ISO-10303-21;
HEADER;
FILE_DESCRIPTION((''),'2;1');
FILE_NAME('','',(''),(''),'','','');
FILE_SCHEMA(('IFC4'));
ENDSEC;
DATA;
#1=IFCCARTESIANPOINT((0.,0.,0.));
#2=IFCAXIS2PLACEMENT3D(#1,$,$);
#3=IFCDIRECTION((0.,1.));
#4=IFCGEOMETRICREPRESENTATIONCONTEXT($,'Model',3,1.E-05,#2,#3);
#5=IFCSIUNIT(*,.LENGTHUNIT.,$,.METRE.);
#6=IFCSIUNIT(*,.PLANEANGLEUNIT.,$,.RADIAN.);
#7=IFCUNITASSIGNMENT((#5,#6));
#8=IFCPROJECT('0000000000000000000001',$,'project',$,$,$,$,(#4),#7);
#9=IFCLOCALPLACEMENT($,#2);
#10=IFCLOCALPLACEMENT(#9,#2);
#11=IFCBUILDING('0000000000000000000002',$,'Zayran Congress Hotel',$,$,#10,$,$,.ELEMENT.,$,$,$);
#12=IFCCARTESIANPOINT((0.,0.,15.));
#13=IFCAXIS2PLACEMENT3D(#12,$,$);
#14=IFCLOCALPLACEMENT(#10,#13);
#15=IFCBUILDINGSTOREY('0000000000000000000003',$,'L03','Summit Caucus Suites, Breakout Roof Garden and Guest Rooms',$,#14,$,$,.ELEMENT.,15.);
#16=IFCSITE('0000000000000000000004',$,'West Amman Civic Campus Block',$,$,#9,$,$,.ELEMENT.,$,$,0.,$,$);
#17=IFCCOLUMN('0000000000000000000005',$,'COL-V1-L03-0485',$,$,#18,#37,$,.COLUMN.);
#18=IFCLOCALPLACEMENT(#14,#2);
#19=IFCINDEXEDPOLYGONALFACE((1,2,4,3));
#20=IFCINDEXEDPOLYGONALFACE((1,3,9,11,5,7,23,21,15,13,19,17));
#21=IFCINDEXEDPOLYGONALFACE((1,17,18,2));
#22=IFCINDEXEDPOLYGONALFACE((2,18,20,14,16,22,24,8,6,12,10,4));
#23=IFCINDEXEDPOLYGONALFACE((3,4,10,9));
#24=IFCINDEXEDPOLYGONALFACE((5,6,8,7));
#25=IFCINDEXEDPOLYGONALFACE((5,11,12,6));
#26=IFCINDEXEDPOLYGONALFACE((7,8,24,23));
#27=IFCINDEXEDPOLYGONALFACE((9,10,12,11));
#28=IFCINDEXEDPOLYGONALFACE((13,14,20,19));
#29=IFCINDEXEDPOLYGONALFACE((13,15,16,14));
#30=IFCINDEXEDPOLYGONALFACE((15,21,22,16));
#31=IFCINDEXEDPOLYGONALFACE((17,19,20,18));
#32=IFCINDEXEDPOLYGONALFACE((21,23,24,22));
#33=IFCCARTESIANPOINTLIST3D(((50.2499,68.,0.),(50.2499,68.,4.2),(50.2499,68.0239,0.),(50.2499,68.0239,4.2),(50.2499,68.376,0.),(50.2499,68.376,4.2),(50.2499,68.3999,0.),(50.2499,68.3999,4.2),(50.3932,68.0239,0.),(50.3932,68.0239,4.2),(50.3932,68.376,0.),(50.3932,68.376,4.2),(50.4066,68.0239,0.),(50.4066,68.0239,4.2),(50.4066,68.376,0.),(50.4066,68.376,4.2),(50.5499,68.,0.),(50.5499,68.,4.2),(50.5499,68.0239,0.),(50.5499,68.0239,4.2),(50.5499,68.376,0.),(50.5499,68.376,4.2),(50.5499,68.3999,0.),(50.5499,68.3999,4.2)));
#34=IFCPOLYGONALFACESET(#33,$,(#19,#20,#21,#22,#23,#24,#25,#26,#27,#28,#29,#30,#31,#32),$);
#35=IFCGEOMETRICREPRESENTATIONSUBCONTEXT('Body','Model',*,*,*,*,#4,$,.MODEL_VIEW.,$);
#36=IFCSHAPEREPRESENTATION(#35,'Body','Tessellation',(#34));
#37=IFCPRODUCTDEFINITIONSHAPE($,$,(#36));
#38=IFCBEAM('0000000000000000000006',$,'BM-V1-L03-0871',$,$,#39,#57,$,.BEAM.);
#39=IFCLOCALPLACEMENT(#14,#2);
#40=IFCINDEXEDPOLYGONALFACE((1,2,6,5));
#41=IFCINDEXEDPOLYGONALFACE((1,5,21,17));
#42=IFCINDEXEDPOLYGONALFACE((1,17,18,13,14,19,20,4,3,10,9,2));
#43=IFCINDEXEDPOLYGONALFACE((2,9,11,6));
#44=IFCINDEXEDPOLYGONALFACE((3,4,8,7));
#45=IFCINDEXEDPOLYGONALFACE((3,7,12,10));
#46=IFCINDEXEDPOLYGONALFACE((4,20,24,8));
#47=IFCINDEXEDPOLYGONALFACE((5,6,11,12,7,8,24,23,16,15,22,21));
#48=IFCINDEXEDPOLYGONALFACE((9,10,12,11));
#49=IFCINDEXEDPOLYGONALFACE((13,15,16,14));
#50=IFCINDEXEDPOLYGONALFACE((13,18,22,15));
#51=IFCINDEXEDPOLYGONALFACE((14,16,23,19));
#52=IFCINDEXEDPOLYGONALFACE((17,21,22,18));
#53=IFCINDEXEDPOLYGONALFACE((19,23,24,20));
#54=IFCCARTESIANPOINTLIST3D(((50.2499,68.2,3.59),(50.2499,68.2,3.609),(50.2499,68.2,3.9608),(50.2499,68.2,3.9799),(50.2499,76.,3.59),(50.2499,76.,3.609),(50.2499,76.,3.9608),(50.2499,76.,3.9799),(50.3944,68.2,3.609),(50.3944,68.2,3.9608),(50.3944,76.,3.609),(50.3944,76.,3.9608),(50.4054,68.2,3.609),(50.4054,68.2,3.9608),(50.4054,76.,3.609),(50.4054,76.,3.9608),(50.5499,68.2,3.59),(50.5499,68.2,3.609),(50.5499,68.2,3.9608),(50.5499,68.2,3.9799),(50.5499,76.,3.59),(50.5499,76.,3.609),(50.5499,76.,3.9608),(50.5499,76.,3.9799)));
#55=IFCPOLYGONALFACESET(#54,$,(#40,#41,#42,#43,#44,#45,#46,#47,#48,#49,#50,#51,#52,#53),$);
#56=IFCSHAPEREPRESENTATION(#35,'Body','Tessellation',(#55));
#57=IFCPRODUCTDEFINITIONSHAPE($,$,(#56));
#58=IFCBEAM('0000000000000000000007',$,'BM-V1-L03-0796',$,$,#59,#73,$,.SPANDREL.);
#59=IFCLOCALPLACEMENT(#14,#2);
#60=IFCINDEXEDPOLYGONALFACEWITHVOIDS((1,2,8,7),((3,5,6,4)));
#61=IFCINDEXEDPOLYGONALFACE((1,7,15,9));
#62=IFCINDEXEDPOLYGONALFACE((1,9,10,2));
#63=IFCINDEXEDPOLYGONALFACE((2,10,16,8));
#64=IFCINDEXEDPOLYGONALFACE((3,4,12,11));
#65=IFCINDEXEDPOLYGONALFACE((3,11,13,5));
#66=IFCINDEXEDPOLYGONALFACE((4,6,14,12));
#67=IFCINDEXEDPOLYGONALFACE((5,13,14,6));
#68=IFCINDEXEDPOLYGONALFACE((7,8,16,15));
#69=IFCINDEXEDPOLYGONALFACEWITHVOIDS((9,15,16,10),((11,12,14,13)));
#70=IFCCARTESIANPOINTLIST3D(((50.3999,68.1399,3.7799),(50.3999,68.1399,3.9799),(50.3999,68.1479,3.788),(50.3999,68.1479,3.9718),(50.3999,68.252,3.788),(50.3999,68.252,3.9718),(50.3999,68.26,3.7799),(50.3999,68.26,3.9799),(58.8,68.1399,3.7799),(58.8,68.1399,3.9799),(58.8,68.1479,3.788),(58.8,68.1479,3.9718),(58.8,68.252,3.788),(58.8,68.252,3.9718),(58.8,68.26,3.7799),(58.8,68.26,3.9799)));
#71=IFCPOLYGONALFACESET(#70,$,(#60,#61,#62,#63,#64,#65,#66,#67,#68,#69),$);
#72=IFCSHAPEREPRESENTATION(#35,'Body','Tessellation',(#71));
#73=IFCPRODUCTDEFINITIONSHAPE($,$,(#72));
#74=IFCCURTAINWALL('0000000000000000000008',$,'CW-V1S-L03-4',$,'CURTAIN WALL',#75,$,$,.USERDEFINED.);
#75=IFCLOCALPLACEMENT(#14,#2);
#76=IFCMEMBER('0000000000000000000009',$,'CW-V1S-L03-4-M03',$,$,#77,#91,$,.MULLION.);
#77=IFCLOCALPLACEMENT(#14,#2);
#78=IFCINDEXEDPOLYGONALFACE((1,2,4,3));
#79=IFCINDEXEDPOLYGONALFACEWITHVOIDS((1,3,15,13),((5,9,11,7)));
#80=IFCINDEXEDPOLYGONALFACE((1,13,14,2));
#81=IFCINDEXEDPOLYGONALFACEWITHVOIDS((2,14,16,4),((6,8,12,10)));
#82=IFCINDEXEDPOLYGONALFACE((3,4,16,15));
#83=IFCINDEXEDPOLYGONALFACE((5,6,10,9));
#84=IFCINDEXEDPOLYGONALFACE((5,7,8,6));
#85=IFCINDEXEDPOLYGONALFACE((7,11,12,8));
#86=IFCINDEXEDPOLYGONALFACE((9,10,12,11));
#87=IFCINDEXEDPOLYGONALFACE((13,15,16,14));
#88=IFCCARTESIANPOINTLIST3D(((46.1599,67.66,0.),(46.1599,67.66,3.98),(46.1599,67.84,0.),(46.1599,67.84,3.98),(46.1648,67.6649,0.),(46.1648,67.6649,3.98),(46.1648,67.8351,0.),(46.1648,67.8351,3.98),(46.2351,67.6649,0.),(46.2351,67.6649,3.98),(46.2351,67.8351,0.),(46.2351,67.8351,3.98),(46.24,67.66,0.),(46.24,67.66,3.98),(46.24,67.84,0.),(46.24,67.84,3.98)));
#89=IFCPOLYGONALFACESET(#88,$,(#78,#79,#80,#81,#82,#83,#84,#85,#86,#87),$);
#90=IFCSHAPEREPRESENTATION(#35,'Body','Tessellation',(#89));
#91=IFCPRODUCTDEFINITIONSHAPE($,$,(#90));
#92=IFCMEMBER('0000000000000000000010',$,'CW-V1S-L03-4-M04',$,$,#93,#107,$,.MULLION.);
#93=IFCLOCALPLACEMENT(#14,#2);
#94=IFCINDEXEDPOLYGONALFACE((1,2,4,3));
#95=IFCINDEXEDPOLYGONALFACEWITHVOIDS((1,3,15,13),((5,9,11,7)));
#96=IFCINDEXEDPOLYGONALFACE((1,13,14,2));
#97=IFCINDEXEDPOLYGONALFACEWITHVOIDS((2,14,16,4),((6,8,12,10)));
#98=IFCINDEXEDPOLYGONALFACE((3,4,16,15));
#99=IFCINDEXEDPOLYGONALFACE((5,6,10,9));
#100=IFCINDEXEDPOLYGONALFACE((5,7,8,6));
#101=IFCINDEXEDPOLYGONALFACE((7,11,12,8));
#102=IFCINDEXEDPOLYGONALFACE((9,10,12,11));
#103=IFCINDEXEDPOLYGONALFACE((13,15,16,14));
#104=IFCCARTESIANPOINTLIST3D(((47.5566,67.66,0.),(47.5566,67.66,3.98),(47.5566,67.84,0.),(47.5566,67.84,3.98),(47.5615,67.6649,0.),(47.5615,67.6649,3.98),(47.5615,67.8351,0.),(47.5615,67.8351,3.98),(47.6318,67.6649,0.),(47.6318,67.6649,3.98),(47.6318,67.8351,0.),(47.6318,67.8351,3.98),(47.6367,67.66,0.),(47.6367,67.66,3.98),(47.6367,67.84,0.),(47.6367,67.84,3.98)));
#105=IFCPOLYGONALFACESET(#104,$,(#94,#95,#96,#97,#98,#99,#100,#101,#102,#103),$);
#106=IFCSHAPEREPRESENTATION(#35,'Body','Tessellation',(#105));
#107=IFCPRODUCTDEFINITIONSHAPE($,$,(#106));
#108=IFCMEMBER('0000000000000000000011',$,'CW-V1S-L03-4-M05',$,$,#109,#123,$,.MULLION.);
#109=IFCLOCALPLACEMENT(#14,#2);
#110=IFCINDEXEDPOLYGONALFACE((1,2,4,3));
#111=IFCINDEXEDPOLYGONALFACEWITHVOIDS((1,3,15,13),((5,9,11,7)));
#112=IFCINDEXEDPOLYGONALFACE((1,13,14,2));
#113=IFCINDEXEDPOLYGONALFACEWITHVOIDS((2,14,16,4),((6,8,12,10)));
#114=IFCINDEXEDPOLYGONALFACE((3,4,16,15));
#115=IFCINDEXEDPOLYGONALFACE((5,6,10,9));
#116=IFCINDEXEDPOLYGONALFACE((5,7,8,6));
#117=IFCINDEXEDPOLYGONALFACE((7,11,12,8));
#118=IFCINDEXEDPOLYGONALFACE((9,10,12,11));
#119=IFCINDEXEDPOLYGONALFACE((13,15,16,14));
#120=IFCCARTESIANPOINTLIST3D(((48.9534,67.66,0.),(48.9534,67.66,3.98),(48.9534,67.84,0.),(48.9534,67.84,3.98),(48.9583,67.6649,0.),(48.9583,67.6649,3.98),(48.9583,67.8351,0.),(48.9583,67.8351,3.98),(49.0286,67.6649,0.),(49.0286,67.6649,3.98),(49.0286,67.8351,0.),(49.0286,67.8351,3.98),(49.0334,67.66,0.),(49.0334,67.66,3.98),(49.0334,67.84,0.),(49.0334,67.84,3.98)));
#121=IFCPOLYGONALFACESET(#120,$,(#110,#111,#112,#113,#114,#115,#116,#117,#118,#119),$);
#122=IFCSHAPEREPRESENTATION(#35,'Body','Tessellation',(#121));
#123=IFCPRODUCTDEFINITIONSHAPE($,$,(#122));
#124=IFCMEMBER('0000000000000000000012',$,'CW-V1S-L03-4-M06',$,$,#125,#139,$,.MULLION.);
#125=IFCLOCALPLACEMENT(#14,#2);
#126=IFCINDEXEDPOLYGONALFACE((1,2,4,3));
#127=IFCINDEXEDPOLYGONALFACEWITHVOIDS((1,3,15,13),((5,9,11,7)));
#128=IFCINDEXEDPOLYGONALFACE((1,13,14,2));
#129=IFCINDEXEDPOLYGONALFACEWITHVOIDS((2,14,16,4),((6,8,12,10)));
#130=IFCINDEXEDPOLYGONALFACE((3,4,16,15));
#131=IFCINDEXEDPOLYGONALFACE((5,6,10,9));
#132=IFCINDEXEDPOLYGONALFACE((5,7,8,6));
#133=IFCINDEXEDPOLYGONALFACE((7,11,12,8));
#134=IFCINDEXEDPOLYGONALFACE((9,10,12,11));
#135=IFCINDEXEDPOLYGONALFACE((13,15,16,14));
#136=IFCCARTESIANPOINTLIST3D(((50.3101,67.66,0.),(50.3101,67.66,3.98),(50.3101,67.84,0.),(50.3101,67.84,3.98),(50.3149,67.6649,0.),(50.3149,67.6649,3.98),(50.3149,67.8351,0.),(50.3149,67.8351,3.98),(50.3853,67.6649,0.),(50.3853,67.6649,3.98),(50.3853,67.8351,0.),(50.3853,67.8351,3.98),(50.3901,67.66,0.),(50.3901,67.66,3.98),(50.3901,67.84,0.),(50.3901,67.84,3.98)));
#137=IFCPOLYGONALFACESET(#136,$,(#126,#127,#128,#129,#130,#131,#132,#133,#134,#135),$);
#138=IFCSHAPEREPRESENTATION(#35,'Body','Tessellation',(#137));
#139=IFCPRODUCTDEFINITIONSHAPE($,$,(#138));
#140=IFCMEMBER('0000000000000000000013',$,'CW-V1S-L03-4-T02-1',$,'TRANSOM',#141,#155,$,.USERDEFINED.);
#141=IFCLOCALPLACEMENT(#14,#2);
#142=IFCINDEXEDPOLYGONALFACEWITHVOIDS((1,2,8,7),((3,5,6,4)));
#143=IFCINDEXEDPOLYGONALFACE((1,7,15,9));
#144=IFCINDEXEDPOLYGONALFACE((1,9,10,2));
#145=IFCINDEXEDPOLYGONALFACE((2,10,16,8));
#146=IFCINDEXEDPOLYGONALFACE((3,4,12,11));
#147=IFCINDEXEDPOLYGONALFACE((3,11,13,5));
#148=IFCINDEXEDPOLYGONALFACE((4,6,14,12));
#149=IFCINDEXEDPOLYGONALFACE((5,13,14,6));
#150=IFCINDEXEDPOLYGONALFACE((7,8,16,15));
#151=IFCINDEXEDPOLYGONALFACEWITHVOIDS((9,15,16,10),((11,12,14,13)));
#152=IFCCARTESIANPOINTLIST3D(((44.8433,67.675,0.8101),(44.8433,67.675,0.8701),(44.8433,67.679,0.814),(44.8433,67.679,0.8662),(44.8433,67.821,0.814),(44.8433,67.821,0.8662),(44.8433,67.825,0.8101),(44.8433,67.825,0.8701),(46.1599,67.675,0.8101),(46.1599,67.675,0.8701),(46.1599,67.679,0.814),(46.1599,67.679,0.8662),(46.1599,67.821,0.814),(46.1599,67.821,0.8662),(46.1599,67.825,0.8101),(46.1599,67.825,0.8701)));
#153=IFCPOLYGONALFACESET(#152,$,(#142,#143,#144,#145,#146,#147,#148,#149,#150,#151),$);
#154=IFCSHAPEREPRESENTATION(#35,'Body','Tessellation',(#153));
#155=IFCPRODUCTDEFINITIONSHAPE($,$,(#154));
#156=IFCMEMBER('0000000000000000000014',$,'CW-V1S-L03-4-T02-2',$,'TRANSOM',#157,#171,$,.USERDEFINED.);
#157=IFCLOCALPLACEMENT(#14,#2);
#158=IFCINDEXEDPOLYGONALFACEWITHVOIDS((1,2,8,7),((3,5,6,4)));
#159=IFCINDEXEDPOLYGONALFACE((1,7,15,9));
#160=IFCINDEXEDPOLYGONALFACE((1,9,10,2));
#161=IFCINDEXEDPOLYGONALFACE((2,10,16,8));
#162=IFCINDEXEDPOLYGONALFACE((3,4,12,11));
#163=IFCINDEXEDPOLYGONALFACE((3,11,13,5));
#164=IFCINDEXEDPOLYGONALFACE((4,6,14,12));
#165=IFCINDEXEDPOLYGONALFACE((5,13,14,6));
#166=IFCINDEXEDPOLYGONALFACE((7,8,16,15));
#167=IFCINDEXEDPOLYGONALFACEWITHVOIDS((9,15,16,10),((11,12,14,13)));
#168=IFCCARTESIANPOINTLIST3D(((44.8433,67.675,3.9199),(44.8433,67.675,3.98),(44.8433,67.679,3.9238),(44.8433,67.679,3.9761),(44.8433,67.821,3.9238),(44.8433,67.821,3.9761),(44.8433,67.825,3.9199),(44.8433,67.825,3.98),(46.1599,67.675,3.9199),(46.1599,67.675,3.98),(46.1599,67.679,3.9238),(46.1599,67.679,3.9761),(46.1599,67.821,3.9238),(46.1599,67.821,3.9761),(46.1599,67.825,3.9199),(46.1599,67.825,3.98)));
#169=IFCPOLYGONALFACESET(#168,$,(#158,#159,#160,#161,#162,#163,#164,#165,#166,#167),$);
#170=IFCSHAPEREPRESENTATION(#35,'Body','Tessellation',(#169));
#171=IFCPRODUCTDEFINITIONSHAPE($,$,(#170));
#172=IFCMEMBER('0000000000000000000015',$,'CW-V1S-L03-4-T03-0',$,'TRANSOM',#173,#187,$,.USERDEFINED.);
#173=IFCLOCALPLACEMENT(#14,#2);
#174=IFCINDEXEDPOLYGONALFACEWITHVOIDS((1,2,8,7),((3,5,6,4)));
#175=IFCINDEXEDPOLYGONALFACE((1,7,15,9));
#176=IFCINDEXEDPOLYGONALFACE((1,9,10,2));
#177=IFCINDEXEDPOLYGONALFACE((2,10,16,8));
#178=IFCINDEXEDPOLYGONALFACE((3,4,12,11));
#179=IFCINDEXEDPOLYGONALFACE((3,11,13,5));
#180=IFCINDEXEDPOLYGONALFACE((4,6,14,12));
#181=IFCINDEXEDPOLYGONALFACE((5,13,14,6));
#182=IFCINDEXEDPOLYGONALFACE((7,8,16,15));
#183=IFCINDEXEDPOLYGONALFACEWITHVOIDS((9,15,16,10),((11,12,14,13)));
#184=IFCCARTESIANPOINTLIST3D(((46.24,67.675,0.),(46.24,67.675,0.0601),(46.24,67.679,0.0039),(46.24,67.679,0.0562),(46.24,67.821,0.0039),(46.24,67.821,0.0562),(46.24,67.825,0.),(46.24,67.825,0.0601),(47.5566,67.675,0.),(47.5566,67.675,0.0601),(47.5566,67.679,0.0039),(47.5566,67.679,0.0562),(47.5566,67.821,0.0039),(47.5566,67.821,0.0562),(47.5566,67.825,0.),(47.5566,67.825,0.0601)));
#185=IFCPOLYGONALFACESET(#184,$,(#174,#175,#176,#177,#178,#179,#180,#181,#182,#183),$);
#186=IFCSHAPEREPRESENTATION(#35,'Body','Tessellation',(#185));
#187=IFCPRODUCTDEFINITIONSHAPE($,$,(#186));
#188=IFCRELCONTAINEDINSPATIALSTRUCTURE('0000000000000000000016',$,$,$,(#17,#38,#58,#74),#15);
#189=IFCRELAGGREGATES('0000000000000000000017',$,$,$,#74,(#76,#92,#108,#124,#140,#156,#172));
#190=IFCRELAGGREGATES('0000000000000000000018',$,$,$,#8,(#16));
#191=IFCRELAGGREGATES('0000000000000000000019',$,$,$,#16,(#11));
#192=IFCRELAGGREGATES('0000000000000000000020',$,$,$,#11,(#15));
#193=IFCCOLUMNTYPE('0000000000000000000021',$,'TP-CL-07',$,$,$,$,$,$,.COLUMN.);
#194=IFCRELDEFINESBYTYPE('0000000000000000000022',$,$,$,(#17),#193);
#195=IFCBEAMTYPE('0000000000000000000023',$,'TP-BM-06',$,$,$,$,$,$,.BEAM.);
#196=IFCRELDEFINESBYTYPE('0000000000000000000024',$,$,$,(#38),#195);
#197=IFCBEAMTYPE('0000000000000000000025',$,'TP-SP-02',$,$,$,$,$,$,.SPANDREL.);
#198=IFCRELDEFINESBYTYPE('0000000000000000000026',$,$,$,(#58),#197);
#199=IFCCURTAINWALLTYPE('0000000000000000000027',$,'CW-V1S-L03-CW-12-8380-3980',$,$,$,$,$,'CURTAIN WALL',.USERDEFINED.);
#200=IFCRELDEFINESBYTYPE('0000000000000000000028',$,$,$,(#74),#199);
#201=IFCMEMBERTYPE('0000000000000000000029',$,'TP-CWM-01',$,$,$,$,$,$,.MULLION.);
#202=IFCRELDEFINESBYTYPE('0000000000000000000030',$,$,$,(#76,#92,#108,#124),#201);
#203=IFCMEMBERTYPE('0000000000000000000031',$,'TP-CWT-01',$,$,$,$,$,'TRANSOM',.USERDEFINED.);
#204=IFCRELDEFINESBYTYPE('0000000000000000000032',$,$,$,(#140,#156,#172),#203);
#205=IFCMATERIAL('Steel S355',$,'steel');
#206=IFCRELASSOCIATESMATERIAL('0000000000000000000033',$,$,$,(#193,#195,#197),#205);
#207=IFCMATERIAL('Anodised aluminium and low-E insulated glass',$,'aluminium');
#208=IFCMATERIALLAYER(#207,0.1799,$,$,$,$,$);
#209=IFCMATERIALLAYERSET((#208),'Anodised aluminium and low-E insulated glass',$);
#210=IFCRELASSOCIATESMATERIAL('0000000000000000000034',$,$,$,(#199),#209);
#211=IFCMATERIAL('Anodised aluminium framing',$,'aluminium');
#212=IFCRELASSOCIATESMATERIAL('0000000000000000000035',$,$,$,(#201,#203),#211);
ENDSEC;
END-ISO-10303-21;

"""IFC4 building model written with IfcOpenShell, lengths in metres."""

from ifc_helpers import new_model, si_unit, direction, frame, origin, origin_2d, place, context, subcontext, project, spatial, hollow_rectangle, i_section, extrude, material, layer, layer_set, material_profile, profile_set, type_object, element, aggregate, save


model = new_model("IFC4")

# Units and contexts
model_context = context("Model", 3, precision=1e-05, world=origin(), true_north=direction((0.0, 1.0)))
body_context = subcontext(model_context, "Body", "Model", "MODEL_VIEW")
ifc_project = project(units=[si_unit("LENGTHUNIT", "METRE"), si_unit("PLANEANGLEUNIT", "RADIAN")], contexts=[model_context])

# Site, building, storey
site_placement = place(None, origin())
site = spatial("IfcSite", under=ifc_project, at=site_placement, Name="West Amman Civic Campus Block", CompositionType="ELEMENT", RefElevation=0.0)
building_placement = place(site_placement, origin())
building = spatial("IfcBuilding", under=site, at=building_placement, Name="Zayran Congress Hotel", CompositionType="ELEMENT")
storey_placement = place(building_placement, frame((0.0, 0.0, 15.0)))
storey = spatial("IfcBuildingStorey", under=building, at=storey_placement, Name="L03", Description="Summit Caucus Suites, Breakout Roof Garden and Guest Rooms", CompositionType="ELEMENT", Elevation=15.0)

# Column
ifc_material_1 = material(Name="Steel S355", Category="steel")
ifc_material_profile_1 = material_profile(ifc_material_1, i_section(OverallWidth=0.3, OverallDepth=0.3999, WebThickness=0.0134, FlangeThickness=0.0239, at=origin_2d()), Name="HEB 400")
ifc_profile_set_1 = profile_set([ifc_material_profile_1], Name="Steel S355")
column_type = type_object("IfcColumnType", Name="TP-CL-07", PredefinedType="COLUMN", material=ifc_profile_set_1)
column_placement = place(storey_placement, frame((50.3999, 68.2, 0.0), z_axis=(0.0, 0.0, 1.0), x_axis=(1.0, 0.0, 0.0)))
element("IfcColumn", 1, at=column_placement, inside=storey, type_object=column_type, Name="COL-V1-L03-0485", PredefinedType="COLUMN", context=body_context, shape_type="SweptSolid", body=[
    extrude(i_section(OverallWidth=0.3, OverallDepth=0.3999, WebThickness=0.0134, FlangeThickness=0.0239, at=origin_2d()), origin(), (0.0, 0.0, 1.0), 4.2),
])

# Beams
ifc_material_profile_2 = material_profile(ifc_material_1, i_section(OverallWidth=0.3, OverallDepth=0.3899, WebThickness=0.011, FlangeThickness=0.019, at=origin_2d()), Name="HEA 400")
ifc_profile_set_2 = profile_set([ifc_material_profile_2], Name="Steel S355")
beam_type_1 = type_object("IfcBeamType", Name="TP-BM-06", PredefinedType="BEAM", material=ifc_profile_set_2)
beam_1_placement = place(storey_placement, frame((50.3999, 68.2, 3.7849), z_axis=(0.0, 1.0, 0.0), x_axis=(-1.0, 0.0, 0.0)))
element("IfcBeam", 2, at=beam_1_placement, inside=storey, type_object=beam_type_1, Name="BM-V1-L03-0871", PredefinedType="BEAM", context=body_context, shape_type="SweptSolid", body=[
    extrude(i_section(OverallWidth=0.3, OverallDepth=0.3899, WebThickness=0.011, FlangeThickness=0.019, at=origin_2d()), origin(), (0.0, 0.0, 1.0), 7.8),
])
ifc_material_profile_3 = material_profile(ifc_material_1, hollow_rectangle(XDim=0.1201, YDim=0.2, WallThickness=0.0081, at=origin_2d()), Name="RHS 200x120x8")
ifc_profile_set_3 = profile_set([ifc_material_profile_3], Name="Steel S355")
beam_type_2 = type_object("IfcBeamType", Name="TP-SP-02", PredefinedType="SPANDREL", material=ifc_profile_set_3)
beam_2_placement = place(storey_placement, frame((50.3999, 68.2, 3.8799), z_axis=(1.0, 0.0, 0.0), x_axis=(0.0, 1.0, 0.0)))
element("IfcBeam", 3, at=beam_2_placement, inside=storey, type_object=beam_type_2, Name="BM-V1-L03-0796", PredefinedType="SPANDREL", context=body_context, shape_type="SweptSolid", body=[
    extrude(hollow_rectangle(XDim=0.1201, YDim=0.2, WallThickness=0.0081, at=origin_2d()), origin(), (0.0, 0.0, 1.0), 8.4001),
])

# Curtain wall, members
ifc_material_2 = material(Name="Anodised aluminium and low-E insulated glass", Category="aluminium")
ifc_layer_1 = layer(ifc_material_2, 0.1799)
ifc_layer_set_1 = layer_set([ifc_layer_1], Name="Anodised aluminium and low-E insulated glass")
curtain_wall_type = type_object("IfcCurtainWallType", Name="CW-V1S-L03-CW-12-8380-3980", ElementType="CURTAIN WALL", PredefinedType="USERDEFINED", material=ifc_layer_set_1)
curtain_wall_placement = place(storey_placement, origin())
curtain_wall = element("IfcCurtainWall", 4, at=curtain_wall_placement, inside=storey, type_object=curtain_wall_type, Name="CW-V1S-L03-4", ObjectType="CURTAIN WALL", PredefinedType="USERDEFINED")
ifc_material_3 = material(Name="Anodised aluminium framing", Category="aluminium")
ifc_material_profile_4 = material_profile(ifc_material_3, hollow_rectangle(XDim=0.0801, YDim=0.1799, WallThickness=0.0049, at=origin_2d()), Name="RHS 180x80x5")
ifc_profile_set_4 = profile_set([ifc_material_profile_4], Name="Anodised aluminium framing")
member_type_1 = type_object("IfcMemberType", Name="TP-CWM-01", PredefinedType="MULLION", material=ifc_profile_set_4)
member_1_placement = place(storey_placement, frame((46.2, 67.75, 0.0), z_axis=(0.0, 0.0, 1.0), x_axis=(1.0, 0.0, 0.0)))
member_1 = element("IfcMember", 5, at=member_1_placement, type_object=member_type_1, Name="CW-V1S-L03-4-M03", PredefinedType="MULLION", context=body_context, shape_type="SweptSolid", body=[
    extrude(hollow_rectangle(XDim=0.0801, YDim=0.1799, WallThickness=0.0049, at=origin_2d()), origin(), (0.0, 0.0, 1.0), 3.98),
])
member_2_placement = place(storey_placement, frame((47.5967, 67.75, 0.0), z_axis=(0.0, 0.0, 1.0), x_axis=(1.0, 0.0, 0.0)))
member_2 = element("IfcMember", 6, at=member_2_placement, type_object=member_type_1, Name="CW-V1S-L03-4-M04", PredefinedType="MULLION", context=body_context, shape_type="SweptSolid", body=[
    extrude(hollow_rectangle(XDim=0.0801, YDim=0.1799, WallThickness=0.0049, at=origin_2d()), origin(), (0.0, 0.0, 1.0), 3.98),
])
member_3_placement = place(storey_placement, frame((48.9934, 67.75, 0.0), z_axis=(0.0, 0.0, 1.0), x_axis=(1.0, 0.0, 0.0)))
member_3 = element("IfcMember", 7, at=member_3_placement, type_object=member_type_1, Name="CW-V1S-L03-4-M05", PredefinedType="MULLION", context=body_context, shape_type="SweptSolid", body=[
    extrude(hollow_rectangle(XDim=0.0801, YDim=0.1799, WallThickness=0.0049, at=origin_2d()), origin(), (0.0, 0.0, 1.0), 3.98),
])
member_4_placement = place(storey_placement, frame((50.3501, 67.75, 0.0), z_axis=(0.0, 0.0, 1.0), x_axis=(1.0, 0.0, 0.0)))
member_4 = element("IfcMember", 8, at=member_4_placement, type_object=member_type_1, Name="CW-V1S-L03-4-M06", PredefinedType="MULLION", context=body_context, shape_type="SweptSolid", body=[
    extrude(hollow_rectangle(XDim=0.0801, YDim=0.1799, WallThickness=0.0049, at=origin_2d()), origin(), (0.0, 0.0, 1.0), 3.98),
])
ifc_material_profile_5 = material_profile(ifc_material_3, hollow_rectangle(XDim=0.0601, YDim=0.1499, WallThickness=0.0039, at=origin_2d()), Name="RHS 150x60x4")
ifc_profile_set_5 = profile_set([ifc_material_profile_5], Name="Anodised aluminium framing")
member_type_2 = type_object("IfcMemberType", Name="TP-CWT-01", ElementType="TRANSOM", PredefinedType="USERDEFINED", material=ifc_profile_set_5)
member_5_placement = place(storey_placement, frame((44.8433, 67.75, 0.8401), z_axis=(1.0, 0.0, 0.0), x_axis=(0.0, 0.0, 1.0)))
member_5 = element("IfcMember", 9, at=member_5_placement, type_object=member_type_2, Name="CW-V1S-L03-4-T02-1", ObjectType="TRANSOM", PredefinedType="USERDEFINED", context=body_context, shape_type="SweptSolid", body=[
    extrude(hollow_rectangle(XDim=0.0601, YDim=0.1499, WallThickness=0.0039, at=origin_2d()), origin(), (0.0, 0.0, 1.0), 1.3167),
])
member_6_placement = place(storey_placement, frame((44.8433, 67.75, 3.95), z_axis=(1.0, 0.0, 0.0), x_axis=(0.0, 0.0, 1.0)))
member_6 = element("IfcMember", 10, at=member_6_placement, type_object=member_type_2, Name="CW-V1S-L03-4-T02-2", ObjectType="TRANSOM", PredefinedType="USERDEFINED", context=body_context, shape_type="SweptSolid", body=[
    extrude(hollow_rectangle(XDim=0.0601, YDim=0.1499, WallThickness=0.0039, at=origin_2d()), origin(), (0.0, 0.0, 1.0), 1.3167),
])
member_7_placement = place(storey_placement, frame((46.24, 67.75, 0.03), z_axis=(1.0, 0.0, 0.0), x_axis=(0.0, 0.0, 1.0)))
member_7 = element("IfcMember", 11, at=member_7_placement, type_object=member_type_2, Name="CW-V1S-L03-4-T03-0", ObjectType="TRANSOM", PredefinedType="USERDEFINED", context=body_context, shape_type="SweptSolid", body=[
    extrude(hollow_rectangle(XDim=0.0601, YDim=0.1499, WallThickness=0.0039, at=origin_2d()), origin(), (0.0, 0.0, 1.0), 1.3167),
])
aggregate(curtain_wall, [member_1, member_2, member_3, member_4, member_5, member_6, member_7])

save(model, "model.ifc")
